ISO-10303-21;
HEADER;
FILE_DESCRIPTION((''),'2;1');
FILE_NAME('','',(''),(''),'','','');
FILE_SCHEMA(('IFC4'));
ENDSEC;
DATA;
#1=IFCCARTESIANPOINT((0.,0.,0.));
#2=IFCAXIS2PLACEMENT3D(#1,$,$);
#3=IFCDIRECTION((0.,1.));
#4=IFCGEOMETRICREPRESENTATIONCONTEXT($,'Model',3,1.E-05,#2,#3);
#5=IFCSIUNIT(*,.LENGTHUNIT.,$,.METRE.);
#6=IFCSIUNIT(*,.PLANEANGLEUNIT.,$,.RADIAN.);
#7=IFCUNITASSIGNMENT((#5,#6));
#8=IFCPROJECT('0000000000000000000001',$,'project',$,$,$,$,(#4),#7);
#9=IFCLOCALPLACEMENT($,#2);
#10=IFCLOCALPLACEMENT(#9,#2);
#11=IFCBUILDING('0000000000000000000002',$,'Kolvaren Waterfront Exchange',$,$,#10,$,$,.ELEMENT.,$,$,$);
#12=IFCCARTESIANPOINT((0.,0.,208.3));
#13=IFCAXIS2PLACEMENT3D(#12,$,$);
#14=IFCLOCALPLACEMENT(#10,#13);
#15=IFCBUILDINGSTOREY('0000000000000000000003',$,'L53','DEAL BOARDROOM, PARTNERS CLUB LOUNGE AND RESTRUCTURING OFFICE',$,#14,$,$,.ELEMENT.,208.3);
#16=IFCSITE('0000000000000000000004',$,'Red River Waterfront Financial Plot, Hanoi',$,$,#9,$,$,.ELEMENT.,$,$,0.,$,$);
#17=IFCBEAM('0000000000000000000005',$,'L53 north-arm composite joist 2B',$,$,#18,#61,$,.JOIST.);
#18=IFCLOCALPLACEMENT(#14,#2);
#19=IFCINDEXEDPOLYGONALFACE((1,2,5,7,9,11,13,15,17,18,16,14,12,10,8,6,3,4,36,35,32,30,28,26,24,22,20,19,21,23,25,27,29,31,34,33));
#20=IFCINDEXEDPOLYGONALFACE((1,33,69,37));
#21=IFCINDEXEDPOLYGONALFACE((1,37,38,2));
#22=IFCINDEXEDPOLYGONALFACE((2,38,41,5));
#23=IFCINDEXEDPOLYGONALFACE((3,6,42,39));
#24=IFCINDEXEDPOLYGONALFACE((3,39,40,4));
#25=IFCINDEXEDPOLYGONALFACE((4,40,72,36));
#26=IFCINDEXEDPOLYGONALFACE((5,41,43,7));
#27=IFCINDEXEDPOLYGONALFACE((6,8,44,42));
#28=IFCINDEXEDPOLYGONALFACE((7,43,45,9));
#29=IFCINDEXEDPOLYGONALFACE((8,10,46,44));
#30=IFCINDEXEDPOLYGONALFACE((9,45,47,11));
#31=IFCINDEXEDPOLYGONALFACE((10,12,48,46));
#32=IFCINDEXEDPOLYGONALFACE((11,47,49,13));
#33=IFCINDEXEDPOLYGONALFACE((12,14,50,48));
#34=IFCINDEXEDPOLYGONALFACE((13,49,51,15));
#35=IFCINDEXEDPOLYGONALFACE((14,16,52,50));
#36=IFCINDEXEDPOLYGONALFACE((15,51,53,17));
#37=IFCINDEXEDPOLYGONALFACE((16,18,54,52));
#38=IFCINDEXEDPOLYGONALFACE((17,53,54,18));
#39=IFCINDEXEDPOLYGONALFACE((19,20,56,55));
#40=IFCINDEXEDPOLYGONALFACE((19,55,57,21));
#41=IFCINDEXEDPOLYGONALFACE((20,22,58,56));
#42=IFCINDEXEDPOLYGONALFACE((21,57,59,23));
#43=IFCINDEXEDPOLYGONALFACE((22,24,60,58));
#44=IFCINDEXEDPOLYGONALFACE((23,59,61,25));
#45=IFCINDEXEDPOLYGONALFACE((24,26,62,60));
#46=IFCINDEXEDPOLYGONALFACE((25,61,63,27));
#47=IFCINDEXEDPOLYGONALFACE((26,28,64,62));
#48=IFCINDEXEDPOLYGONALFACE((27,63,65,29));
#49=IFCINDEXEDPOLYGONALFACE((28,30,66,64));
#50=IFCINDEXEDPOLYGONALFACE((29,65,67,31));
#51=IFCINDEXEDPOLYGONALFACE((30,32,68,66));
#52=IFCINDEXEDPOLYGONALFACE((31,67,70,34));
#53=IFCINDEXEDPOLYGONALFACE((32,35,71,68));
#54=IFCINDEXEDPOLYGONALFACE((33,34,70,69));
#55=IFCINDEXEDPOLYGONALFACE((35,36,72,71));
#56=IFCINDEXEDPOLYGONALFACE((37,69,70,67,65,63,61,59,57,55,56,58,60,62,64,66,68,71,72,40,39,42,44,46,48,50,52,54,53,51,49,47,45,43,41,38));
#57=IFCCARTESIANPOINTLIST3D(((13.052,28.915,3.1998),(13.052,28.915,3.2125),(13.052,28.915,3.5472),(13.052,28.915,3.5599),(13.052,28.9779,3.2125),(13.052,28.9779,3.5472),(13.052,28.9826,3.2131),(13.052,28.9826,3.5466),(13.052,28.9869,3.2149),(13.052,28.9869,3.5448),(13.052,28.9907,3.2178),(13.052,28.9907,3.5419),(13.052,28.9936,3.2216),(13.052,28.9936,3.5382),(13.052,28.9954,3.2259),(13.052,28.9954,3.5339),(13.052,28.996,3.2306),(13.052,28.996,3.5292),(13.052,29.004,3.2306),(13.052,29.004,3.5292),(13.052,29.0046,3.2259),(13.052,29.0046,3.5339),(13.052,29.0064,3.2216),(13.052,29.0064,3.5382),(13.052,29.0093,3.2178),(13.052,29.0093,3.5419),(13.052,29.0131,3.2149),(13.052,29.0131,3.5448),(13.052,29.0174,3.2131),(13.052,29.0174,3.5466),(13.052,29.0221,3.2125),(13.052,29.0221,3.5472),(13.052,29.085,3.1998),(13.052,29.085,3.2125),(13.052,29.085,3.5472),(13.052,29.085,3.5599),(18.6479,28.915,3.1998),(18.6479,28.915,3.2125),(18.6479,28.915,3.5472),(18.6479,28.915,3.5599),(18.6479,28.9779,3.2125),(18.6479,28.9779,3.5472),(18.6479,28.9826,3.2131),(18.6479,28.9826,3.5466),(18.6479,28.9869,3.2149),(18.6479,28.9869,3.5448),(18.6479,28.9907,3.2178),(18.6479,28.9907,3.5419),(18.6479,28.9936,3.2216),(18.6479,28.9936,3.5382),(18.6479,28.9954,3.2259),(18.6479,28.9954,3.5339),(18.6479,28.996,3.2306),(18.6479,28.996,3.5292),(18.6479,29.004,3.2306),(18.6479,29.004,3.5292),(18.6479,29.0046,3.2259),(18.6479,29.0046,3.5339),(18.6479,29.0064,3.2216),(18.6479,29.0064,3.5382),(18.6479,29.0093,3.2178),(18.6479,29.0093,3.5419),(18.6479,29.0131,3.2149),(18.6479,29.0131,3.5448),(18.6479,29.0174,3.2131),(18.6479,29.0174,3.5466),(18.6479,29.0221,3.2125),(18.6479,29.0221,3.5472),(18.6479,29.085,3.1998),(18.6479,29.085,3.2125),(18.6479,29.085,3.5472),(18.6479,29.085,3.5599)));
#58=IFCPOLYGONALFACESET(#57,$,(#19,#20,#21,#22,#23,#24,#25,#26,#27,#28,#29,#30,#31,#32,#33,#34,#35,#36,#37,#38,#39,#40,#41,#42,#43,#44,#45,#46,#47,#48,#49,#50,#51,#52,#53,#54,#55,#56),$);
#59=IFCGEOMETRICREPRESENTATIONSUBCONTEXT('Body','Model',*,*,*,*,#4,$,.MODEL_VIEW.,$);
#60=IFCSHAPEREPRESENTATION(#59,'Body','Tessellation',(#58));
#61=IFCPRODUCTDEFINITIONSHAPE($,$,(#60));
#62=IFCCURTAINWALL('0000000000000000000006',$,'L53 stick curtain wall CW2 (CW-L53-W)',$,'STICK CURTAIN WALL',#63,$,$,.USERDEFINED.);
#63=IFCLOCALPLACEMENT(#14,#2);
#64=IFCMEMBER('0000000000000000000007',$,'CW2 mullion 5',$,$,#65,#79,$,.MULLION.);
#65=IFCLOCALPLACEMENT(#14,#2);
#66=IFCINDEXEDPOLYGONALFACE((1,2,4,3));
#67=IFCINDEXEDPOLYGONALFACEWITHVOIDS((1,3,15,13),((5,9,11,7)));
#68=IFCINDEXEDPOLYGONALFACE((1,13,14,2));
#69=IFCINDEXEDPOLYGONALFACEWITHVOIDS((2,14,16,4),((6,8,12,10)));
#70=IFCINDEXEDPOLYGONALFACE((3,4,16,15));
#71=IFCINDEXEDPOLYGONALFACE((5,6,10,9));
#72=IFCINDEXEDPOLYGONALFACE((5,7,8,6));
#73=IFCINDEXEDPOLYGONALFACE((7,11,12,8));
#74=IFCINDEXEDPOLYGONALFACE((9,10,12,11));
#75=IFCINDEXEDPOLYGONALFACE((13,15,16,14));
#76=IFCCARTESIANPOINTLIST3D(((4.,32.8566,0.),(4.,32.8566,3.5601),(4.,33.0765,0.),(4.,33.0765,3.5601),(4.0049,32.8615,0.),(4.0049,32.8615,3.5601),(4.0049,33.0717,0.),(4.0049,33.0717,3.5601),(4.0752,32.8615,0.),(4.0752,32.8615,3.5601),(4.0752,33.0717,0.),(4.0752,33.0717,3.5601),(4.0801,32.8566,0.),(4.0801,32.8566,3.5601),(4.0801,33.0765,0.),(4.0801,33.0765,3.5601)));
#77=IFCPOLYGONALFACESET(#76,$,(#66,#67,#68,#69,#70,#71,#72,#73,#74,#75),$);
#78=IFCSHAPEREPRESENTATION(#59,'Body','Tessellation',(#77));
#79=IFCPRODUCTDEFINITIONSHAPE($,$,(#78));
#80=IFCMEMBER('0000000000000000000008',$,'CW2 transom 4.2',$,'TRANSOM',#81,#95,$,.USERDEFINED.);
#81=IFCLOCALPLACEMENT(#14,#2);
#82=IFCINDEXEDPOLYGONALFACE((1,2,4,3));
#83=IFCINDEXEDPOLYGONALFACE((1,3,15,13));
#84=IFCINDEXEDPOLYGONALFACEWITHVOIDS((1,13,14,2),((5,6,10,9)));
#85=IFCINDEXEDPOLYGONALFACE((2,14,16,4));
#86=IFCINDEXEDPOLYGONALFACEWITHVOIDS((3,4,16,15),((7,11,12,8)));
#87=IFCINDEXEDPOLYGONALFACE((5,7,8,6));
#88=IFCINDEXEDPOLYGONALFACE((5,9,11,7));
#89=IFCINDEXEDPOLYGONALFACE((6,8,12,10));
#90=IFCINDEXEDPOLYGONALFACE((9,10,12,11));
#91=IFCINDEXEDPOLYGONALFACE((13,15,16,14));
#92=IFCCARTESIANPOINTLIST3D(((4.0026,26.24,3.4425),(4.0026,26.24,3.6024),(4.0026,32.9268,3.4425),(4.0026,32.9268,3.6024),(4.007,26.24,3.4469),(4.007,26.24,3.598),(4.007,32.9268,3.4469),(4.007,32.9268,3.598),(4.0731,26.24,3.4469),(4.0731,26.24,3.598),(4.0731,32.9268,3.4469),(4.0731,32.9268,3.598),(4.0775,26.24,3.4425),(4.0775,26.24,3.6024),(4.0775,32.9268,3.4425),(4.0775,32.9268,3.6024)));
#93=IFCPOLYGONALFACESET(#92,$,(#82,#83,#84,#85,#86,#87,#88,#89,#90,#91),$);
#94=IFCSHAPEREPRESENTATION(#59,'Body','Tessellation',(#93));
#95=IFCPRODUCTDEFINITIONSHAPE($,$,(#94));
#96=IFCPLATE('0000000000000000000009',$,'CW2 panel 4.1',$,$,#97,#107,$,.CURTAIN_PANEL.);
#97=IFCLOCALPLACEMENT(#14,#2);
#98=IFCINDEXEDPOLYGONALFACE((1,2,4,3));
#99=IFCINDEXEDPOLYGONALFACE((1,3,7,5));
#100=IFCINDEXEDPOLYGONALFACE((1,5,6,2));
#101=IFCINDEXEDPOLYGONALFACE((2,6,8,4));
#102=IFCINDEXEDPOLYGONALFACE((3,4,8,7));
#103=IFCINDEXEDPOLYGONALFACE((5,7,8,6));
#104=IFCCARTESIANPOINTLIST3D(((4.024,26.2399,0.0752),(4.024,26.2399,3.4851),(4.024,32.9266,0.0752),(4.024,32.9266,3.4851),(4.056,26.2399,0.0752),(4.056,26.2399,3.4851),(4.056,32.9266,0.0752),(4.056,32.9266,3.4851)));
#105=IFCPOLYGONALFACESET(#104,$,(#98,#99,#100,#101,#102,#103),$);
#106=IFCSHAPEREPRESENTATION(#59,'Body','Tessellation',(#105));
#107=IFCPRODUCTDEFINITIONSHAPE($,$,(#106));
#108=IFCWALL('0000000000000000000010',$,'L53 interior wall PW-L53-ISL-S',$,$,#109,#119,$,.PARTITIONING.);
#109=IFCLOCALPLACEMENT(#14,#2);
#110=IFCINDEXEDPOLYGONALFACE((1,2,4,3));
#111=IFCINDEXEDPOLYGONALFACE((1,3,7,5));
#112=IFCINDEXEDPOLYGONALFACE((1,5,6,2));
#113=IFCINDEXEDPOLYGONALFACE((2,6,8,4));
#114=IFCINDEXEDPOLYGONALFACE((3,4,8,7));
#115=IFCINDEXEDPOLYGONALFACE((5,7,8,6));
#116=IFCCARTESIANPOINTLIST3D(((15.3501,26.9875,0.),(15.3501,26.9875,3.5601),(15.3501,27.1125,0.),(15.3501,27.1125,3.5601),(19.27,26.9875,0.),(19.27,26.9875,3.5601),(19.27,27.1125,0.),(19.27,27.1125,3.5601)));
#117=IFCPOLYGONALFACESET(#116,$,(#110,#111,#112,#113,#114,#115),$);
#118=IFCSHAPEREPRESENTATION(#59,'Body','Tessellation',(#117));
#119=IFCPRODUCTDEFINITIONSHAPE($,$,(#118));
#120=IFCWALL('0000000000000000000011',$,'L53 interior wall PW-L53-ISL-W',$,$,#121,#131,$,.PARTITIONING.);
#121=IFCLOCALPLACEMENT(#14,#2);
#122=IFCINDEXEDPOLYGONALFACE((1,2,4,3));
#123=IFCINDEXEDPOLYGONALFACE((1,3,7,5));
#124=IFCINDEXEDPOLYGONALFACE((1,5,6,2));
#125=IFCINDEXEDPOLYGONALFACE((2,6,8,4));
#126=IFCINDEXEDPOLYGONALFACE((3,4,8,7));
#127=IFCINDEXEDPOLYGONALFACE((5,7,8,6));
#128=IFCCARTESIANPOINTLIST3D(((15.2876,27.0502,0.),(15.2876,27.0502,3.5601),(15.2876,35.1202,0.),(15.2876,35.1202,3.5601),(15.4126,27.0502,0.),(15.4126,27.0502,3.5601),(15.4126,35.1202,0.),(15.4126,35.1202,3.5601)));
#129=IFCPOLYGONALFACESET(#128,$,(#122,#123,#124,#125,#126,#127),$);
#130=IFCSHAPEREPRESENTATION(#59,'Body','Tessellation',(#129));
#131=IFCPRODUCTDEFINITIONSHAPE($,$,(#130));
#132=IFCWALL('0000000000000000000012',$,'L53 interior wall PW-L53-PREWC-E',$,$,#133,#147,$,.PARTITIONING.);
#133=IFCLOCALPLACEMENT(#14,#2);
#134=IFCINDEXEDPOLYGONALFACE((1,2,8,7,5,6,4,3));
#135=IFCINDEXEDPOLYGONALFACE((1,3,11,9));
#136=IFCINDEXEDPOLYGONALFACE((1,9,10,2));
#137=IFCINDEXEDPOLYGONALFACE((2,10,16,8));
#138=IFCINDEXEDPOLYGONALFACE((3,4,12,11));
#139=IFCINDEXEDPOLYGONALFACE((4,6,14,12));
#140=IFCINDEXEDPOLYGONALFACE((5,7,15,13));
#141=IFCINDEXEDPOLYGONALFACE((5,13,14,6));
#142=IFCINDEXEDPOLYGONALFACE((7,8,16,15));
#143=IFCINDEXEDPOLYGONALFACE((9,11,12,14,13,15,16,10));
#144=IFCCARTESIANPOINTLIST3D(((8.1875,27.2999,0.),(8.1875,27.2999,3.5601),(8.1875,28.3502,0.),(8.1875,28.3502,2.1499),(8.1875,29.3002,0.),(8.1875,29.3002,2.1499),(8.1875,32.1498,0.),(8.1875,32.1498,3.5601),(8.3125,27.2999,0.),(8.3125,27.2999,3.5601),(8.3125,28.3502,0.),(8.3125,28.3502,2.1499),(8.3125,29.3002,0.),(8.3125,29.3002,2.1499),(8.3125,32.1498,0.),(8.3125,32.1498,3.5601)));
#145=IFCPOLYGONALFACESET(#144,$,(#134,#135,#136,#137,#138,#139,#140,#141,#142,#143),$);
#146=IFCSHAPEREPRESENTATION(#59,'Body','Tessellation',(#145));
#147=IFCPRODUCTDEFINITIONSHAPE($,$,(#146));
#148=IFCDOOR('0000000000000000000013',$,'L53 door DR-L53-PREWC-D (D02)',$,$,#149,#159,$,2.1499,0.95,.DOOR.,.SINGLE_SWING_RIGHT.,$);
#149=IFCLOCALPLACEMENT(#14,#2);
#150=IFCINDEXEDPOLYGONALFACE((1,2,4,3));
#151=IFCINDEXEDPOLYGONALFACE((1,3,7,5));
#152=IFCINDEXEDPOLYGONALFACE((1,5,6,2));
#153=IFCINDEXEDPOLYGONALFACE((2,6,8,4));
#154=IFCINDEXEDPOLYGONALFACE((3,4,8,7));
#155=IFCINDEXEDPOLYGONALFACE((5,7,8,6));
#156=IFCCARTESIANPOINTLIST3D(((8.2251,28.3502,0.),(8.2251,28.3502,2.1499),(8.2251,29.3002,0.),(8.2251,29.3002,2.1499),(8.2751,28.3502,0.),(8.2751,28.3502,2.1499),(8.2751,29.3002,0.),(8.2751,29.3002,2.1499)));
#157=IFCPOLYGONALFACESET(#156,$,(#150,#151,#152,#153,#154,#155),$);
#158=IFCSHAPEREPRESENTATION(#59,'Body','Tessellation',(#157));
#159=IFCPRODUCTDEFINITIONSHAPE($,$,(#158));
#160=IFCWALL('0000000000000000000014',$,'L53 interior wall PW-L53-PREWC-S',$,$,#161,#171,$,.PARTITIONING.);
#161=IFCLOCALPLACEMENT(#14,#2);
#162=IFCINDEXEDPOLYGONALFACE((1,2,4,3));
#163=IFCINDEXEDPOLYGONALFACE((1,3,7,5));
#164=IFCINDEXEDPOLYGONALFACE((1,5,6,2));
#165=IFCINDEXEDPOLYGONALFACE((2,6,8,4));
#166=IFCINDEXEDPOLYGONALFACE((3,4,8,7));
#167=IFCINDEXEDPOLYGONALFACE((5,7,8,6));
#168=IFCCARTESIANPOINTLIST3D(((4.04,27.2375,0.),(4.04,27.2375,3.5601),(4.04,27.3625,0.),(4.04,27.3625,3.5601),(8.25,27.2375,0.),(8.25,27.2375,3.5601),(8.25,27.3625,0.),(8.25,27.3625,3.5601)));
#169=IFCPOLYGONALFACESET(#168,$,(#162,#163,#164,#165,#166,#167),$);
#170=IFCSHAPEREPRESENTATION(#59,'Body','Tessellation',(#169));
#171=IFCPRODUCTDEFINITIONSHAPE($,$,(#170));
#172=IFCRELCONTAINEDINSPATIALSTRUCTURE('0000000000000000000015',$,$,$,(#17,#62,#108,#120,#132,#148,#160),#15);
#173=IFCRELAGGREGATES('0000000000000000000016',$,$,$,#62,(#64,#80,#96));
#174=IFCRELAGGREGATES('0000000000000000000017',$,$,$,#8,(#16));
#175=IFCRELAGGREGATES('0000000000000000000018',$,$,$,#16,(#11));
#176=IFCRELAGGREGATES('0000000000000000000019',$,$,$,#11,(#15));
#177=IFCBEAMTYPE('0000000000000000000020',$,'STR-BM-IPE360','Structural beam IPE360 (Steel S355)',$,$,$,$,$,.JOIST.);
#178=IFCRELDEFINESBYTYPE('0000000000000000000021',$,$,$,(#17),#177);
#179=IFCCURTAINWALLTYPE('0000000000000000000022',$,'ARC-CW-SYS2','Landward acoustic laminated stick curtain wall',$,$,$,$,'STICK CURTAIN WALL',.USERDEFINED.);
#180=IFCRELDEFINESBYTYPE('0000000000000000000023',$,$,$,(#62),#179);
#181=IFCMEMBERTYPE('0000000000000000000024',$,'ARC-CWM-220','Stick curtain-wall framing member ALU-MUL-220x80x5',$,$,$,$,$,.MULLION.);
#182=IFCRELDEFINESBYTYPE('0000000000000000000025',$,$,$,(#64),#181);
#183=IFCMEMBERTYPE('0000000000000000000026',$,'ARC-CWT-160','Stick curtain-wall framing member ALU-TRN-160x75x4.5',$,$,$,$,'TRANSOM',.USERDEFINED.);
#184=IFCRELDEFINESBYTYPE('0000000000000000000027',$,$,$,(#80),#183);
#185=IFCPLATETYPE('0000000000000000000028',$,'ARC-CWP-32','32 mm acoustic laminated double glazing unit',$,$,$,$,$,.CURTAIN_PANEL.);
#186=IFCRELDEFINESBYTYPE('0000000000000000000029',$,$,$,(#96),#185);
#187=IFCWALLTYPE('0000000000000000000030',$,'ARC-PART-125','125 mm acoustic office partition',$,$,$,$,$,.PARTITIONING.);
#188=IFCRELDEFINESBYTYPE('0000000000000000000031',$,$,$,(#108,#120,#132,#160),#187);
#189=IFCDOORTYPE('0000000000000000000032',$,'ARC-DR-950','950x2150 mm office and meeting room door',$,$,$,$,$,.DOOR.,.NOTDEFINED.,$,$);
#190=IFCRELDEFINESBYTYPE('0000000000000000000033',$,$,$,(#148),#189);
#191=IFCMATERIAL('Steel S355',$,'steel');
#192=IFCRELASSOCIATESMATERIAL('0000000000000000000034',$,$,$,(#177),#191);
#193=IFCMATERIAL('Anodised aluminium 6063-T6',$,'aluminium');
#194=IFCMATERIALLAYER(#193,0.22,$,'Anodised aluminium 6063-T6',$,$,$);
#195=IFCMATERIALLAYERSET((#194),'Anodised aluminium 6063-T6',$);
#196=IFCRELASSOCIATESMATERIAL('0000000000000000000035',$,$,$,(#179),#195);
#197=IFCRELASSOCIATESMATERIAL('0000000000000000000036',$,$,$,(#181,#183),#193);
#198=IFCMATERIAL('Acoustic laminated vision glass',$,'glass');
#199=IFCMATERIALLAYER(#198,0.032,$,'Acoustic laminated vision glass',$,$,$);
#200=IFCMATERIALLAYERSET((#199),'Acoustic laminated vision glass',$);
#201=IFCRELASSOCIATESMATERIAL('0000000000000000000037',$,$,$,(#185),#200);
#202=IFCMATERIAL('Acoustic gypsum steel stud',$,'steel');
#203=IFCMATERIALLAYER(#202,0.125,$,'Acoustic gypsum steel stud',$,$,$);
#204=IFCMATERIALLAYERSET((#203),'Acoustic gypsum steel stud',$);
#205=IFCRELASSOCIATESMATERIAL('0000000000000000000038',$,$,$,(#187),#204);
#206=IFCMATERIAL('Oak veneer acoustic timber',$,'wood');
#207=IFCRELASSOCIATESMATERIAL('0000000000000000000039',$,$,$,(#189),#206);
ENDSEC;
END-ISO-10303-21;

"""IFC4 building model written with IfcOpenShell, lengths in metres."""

from ifc_helpers import new_model, si_unit, direction, frame, frame_2d, origin, origin_with_axes, origin_2d, place, context, subcontext, project, spatial, rectangle, hollow_rectangle, i_section, extrude, source, transform, mapped, material, layer, layer_set, material_profile, profile_set, type_object, element, fill, aggregate, save


model = new_model("IFC4")

# Units and contexts
model_context = context("Model", 3, precision=1e-05, world=origin(), true_north=direction((0.0, 1.0)))
body_context = subcontext(model_context, "Body", "Model", "MODEL_VIEW")
ifc_project = project(units=[si_unit("LENGTHUNIT", "METRE"), si_unit("PLANEANGLEUNIT", "RADIAN")], contexts=[model_context])

# Site, building, storey
site_placement = place(None, origin())
site = spatial("IfcSite", under=ifc_project, at=site_placement, Name="Red River Waterfront Financial Plot, Hanoi", CompositionType="ELEMENT", RefElevation=0.0)
building_placement = place(site_placement, origin())
building = spatial("IfcBuilding", under=site, at=building_placement, Name="Kolvaren Waterfront Exchange", CompositionType="ELEMENT")
storey_placement = place(building_placement, frame((0.0, 0.0, 208.3)))
storey = spatial("IfcBuildingStorey", under=building, at=storey_placement, Name="L53", Description="DEAL BOARDROOM, PARTNERS CLUB LOUNGE AND RESTRUCTURING OFFICE", CompositionType="ELEMENT", Elevation=208.3)

# Beam
ifc_material_1 = material(Name="Steel S355", Category="steel")
ifc_material_profile_1 = material_profile(ifc_material_1, i_section(OverallWidth=0.1699, OverallDepth=0.3601, WebThickness=0.0081, FlangeThickness=0.0127, FilletRadius=0.0181, at=origin_2d()), Name="IPE360")
ifc_profile_set_1 = profile_set([ifc_material_profile_1], Name="Steel S355")
beam_type_1 = type_object("IfcBeamType", Name="STR-BM-IPE360", Description="Structural beam IPE360 (Steel S355)", PredefinedType="JOIST", material=ifc_profile_set_1)
beam_1_placement = place(storey_placement, frame((13.052, 29.0, 3.3799), z_axis=(1.0, 0.0, 0.0), x_axis=(0.0, 1.0, 0.0)))
element("IfcBeam", 1, at=beam_1_placement, inside=storey, type_object=beam_type_1, Name="L53 north-arm composite joist 2B", PredefinedType="JOIST", context=body_context, shape_type="SweptSolid", body=[
    extrude(i_section(OverallWidth=0.1699, OverallDepth=0.3601, WebThickness=0.0081, FlangeThickness=0.0127, FilletRadius=0.0181, at=origin_2d()), origin(), (0.0, 0.0, 1.0), 5.5959),
])

# Curtain wall, members, plate
ifc_material_2 = material(Name="Anodised aluminium 6063-T6", Category="aluminium")
ifc_layer_1 = layer(ifc_material_2, 0.22, Name="Anodised aluminium 6063-T6")
ifc_layer_set_1 = layer_set([ifc_layer_1], Name="Anodised aluminium 6063-T6")
curtain_wall_type = type_object("IfcCurtainWallType", Name="ARC-CW-SYS2", Description="Landward acoustic laminated stick curtain wall", ElementType="STICK CURTAIN WALL", PredefinedType="USERDEFINED", material=ifc_layer_set_1)
curtain_wall_placement = place(storey_placement, origin())
curtain_wall = element("IfcCurtainWall", 2, at=curtain_wall_placement, inside=storey, type_object=curtain_wall_type, Name="L53 stick curtain wall CW2 (CW-L53-W)", ObjectType="STICK CURTAIN WALL", PredefinedType="USERDEFINED")
ifc_material_profile_2 = material_profile(ifc_material_2, hollow_rectangle(XDim=0.0801, YDim=0.22, WallThickness=0.0049, at=origin_2d()), Name="ALU-MUL-220x80x5")
ifc_profile_set_2 = profile_set([ifc_material_profile_2], Name="Anodised aluminium 6063-T6")
member_type_1 = type_object("IfcMemberType", Name="ARC-CWM-220", Description="Stick curtain-wall framing member ALU-MUL-220x80x5", PredefinedType="MULLION", material=ifc_profile_set_2)
shared_shape_1 = source(origin_with_axes(), body_context, "Body", "SweptSolid", [
    extrude(hollow_rectangle(XDim=0.0801, YDim=0.22, WallThickness=0.0049, at=origin_2d()), origin(), (0.0, 0.0, 1.0), 3.5601),
])
member_1_placement = place(storey_placement, frame((4.04, 32.9666, 0.0), z_axis=(0.0, 0.0, 1.0), x_axis=(-1.0, 0.0, 0.0)))
member_1 = element("IfcMember", 3, at=member_1_placement, type_object=member_type_1, Name="CW2 mullion 5", PredefinedType="MULLION", context=body_context, shape_type="MappedRepresentation", body=[
    mapped(shared_shape_1, transform((0.0, 0.0, 0.0), x_axis=(1.0, 0.0, 0.0), y_axis=(0.0, 1.0, 0.0), z_axis=(0.0, 0.0, 1.0), scale=1.0)),
])
ifc_material_profile_3 = material_profile(ifc_material_2, hollow_rectangle(XDim=0.075, YDim=0.1599, WallThickness=0.0044, at=origin_2d()), Name="ALU-TRN-160x75x4.5")
ifc_profile_set_3 = profile_set([ifc_material_profile_3], Name="Anodised aluminium 6063-T6")
member_type_2 = type_object("IfcMemberType", Name="ARC-CWT-160", Description="Stick curtain-wall framing member ALU-TRN-160x75x4.5", ElementType="TRANSOM", PredefinedType="USERDEFINED", material=ifc_profile_set_3)
shared_shape_2 = source(origin_with_axes(), body_context, "Body", "SweptSolid", [
    extrude(hollow_rectangle(XDim=0.075, YDim=0.1599, WallThickness=0.0044, at=origin_2d()), origin(), (0.0, 0.0, 1.0), 6.6868),
])
member_2_placement = place(storey_placement, frame((4.04, 26.24, 3.5225), z_axis=(0.0, 1.0, 0.0), x_axis=(-1.0, 0.0, 0.0)))
member_2 = element("IfcMember", 4, at=member_2_placement, type_object=member_type_2, Name="CW2 transom 4.2", ObjectType="TRANSOM", PredefinedType="USERDEFINED", context=body_context, shape_type="MappedRepresentation", body=[
    mapped(shared_shape_2, transform((0.0, 0.0, 0.0), x_axis=(1.0, 0.0, 0.0), y_axis=(0.0, 1.0, 0.0), z_axis=(0.0, 0.0, 1.0), scale=1.0)),
])
ifc_material_3 = material(Name="Acoustic laminated vision glass", Category="glass")
ifc_layer_2 = layer(ifc_material_3, 0.032, Name="Acoustic laminated vision glass")
ifc_layer_set_2 = layer_set([ifc_layer_2], Name="Acoustic laminated vision glass")
plate_type = type_object("IfcPlateType", Name="ARC-CWP-32", Description="32 mm acoustic laminated double glazing unit", PredefinedType="CURTAIN_PANEL", material=ifc_layer_set_2)
shared_shape_3 = source(origin_with_axes(), body_context, "Body", "SweptSolid", [
    extrude(rectangle(XDim=6.6868, YDim=0.032, at=origin_2d()), origin(), (0.0, 0.0, 1.0), 3.4099),
])
plate_placement = place(storey_placement, frame((4.04, 29.5833, 0.0752), z_axis=(0.0, 0.0, 1.0), x_axis=(0.0, 1.0, 0.0)))
plate = element("IfcPlate", 5, at=plate_placement, type_object=plate_type, Name="CW2 panel 4.1", PredefinedType="CURTAIN_PANEL", context=body_context, shape_type="MappedRepresentation", body=[
    mapped(shared_shape_3, transform((0.0, 0.0, 0.0), x_axis=(1.0, 0.0, 0.0), y_axis=(0.0, 1.0, 0.0), z_axis=(0.0, 0.0, 1.0), scale=1.0)),
])
aggregate(curtain_wall, [member_1, member_2, plate])

# Walls
ifc_material_4 = material(Name="Acoustic gypsum steel stud", Category="steel")
ifc_layer_3 = layer(ifc_material_4, 0.125, Name="Acoustic gypsum steel stud")
ifc_layer_set_3 = layer_set([ifc_layer_3], Name="Acoustic gypsum steel stud")
wall_type_1 = type_object("IfcWallType", Name="ARC-PART-125", Description="125 mm acoustic office partition", PredefinedType="PARTITIONING", material=ifc_layer_set_3)
wall_1_placement = place(storey_placement, frame((15.3501, 27.05, 0.0), z_axis=(0.0, 0.0, 1.0), x_axis=(1.0, 0.0, 0.0)))
element("IfcWall", 6, at=wall_1_placement, inside=storey, type_object=wall_type_1, Name="L53 interior wall PW-L53-ISL-S", PredefinedType="PARTITIONING", context=body_context, shape_type="SweptSolid", body=[
    extrude(rectangle(XDim=3.9199, YDim=0.125, at=frame_2d((1.96, 0.0))), origin(), (0.0, 0.0, 1.0), 3.5601),
])
wall_2_placement = place(storey_placement, frame((15.3501, 27.05, 0.0), z_axis=(0.0, 0.0, 1.0), x_axis=(0.0, 1.0, 0.0)))
element("IfcWall", 7, at=wall_2_placement, inside=storey, type_object=wall_type_1, Name="L53 interior wall PW-L53-ISL-W", PredefinedType="PARTITIONING", context=body_context, shape_type="SweptSolid", body=[
    extrude(rectangle(XDim=8.0701, YDim=0.125, at=frame_2d((4.0352, 0.0))), origin(), (0.0, 0.0, 1.0), 3.5601),
])

# Wall, opening, door
wall_3_placement = place(storey_placement, frame((8.25, 27.3, 0.0), z_axis=(0.0, 0.0, 1.0), x_axis=(0.0, 1.0, 0.0)))
wall_3 = element("IfcWall", 8, at=wall_3_placement, inside=storey, type_object=wall_type_1, Name="L53 interior wall PW-L53-PREWC-E", PredefinedType="PARTITIONING", context=body_context, shape_type="SweptSolid", body=[
    extrude(rectangle(XDim=4.8499, YDim=0.125, at=frame_2d((2.4248, 0.0))), origin(), (0.0, 0.0, 1.0), 3.5601),
])
opening_1_placement = place(wall_3_placement, frame((1.05, 0.0, 0.0)))
opening_1 = element("IfcOpeningElement", 9, at=opening_1_placement, cuts=wall_3, PredefinedType="OPENING", context=body_context, shape_type="SweptSolid", body=[
    extrude(rectangle(XDim=0.95, YDim=2.1499, at=frame_2d((0.4751, 1.075))), frame((0.0, 0.0725, 0.0), z_axis=(0.0, -1.0, 0.0), x_axis=(1.0, 0.0, 0.0)), (0.0, 0.0, 1.0), 0.145),
])
ifc_material_5 = material(Name="Oak veneer acoustic timber", Category="wood")
door_type_1 = type_object("IfcDoorType", Name="ARC-DR-950", Description="950x2150 mm office and meeting room door", OperationType="NOTDEFINED", PredefinedType="DOOR", material=ifc_material_5)
door_1_placement = place(opening_1_placement, origin())
door_1 = element("IfcDoor", 10, at=door_1_placement, inside=storey, type_object=door_type_1, Name="L53 door DR-L53-PREWC-D (D02)", OperationType="SINGLE_SWING_RIGHT", OverallHeight=2.1499, OverallWidth=0.95, PredefinedType="DOOR", context=body_context, shape_type="SweptSolid", body=[
    extrude(rectangle(XDim=0.95, YDim=2.1499, at=frame_2d((0.4751, 1.075))), frame((0.0, 0.0249, 0.0), z_axis=(0.0, -1.0, 0.0), x_axis=(1.0, 0.0, 0.0)), (0.0, 0.0, 1.0), 0.05),
])
fill(opening_1, door_1)

# Wall
wall_4_placement = place(storey_placement, frame((4.04, 27.3, 0.0), z_axis=(0.0, 0.0, 1.0), x_axis=(1.0, 0.0, 0.0)))
element("IfcWall", 11, at=wall_4_placement, inside=storey, type_object=wall_type_1, Name="L53 interior wall PW-L53-PREWC-S", PredefinedType="PARTITIONING", context=body_context, shape_type="SweptSolid", body=[
    extrude(rectangle(XDim=4.21, YDim=0.125, at=frame_2d((2.105, 0.0))), origin(), (0.0, 0.0, 1.0), 3.5601),
])

save(model, "model.ifc")
